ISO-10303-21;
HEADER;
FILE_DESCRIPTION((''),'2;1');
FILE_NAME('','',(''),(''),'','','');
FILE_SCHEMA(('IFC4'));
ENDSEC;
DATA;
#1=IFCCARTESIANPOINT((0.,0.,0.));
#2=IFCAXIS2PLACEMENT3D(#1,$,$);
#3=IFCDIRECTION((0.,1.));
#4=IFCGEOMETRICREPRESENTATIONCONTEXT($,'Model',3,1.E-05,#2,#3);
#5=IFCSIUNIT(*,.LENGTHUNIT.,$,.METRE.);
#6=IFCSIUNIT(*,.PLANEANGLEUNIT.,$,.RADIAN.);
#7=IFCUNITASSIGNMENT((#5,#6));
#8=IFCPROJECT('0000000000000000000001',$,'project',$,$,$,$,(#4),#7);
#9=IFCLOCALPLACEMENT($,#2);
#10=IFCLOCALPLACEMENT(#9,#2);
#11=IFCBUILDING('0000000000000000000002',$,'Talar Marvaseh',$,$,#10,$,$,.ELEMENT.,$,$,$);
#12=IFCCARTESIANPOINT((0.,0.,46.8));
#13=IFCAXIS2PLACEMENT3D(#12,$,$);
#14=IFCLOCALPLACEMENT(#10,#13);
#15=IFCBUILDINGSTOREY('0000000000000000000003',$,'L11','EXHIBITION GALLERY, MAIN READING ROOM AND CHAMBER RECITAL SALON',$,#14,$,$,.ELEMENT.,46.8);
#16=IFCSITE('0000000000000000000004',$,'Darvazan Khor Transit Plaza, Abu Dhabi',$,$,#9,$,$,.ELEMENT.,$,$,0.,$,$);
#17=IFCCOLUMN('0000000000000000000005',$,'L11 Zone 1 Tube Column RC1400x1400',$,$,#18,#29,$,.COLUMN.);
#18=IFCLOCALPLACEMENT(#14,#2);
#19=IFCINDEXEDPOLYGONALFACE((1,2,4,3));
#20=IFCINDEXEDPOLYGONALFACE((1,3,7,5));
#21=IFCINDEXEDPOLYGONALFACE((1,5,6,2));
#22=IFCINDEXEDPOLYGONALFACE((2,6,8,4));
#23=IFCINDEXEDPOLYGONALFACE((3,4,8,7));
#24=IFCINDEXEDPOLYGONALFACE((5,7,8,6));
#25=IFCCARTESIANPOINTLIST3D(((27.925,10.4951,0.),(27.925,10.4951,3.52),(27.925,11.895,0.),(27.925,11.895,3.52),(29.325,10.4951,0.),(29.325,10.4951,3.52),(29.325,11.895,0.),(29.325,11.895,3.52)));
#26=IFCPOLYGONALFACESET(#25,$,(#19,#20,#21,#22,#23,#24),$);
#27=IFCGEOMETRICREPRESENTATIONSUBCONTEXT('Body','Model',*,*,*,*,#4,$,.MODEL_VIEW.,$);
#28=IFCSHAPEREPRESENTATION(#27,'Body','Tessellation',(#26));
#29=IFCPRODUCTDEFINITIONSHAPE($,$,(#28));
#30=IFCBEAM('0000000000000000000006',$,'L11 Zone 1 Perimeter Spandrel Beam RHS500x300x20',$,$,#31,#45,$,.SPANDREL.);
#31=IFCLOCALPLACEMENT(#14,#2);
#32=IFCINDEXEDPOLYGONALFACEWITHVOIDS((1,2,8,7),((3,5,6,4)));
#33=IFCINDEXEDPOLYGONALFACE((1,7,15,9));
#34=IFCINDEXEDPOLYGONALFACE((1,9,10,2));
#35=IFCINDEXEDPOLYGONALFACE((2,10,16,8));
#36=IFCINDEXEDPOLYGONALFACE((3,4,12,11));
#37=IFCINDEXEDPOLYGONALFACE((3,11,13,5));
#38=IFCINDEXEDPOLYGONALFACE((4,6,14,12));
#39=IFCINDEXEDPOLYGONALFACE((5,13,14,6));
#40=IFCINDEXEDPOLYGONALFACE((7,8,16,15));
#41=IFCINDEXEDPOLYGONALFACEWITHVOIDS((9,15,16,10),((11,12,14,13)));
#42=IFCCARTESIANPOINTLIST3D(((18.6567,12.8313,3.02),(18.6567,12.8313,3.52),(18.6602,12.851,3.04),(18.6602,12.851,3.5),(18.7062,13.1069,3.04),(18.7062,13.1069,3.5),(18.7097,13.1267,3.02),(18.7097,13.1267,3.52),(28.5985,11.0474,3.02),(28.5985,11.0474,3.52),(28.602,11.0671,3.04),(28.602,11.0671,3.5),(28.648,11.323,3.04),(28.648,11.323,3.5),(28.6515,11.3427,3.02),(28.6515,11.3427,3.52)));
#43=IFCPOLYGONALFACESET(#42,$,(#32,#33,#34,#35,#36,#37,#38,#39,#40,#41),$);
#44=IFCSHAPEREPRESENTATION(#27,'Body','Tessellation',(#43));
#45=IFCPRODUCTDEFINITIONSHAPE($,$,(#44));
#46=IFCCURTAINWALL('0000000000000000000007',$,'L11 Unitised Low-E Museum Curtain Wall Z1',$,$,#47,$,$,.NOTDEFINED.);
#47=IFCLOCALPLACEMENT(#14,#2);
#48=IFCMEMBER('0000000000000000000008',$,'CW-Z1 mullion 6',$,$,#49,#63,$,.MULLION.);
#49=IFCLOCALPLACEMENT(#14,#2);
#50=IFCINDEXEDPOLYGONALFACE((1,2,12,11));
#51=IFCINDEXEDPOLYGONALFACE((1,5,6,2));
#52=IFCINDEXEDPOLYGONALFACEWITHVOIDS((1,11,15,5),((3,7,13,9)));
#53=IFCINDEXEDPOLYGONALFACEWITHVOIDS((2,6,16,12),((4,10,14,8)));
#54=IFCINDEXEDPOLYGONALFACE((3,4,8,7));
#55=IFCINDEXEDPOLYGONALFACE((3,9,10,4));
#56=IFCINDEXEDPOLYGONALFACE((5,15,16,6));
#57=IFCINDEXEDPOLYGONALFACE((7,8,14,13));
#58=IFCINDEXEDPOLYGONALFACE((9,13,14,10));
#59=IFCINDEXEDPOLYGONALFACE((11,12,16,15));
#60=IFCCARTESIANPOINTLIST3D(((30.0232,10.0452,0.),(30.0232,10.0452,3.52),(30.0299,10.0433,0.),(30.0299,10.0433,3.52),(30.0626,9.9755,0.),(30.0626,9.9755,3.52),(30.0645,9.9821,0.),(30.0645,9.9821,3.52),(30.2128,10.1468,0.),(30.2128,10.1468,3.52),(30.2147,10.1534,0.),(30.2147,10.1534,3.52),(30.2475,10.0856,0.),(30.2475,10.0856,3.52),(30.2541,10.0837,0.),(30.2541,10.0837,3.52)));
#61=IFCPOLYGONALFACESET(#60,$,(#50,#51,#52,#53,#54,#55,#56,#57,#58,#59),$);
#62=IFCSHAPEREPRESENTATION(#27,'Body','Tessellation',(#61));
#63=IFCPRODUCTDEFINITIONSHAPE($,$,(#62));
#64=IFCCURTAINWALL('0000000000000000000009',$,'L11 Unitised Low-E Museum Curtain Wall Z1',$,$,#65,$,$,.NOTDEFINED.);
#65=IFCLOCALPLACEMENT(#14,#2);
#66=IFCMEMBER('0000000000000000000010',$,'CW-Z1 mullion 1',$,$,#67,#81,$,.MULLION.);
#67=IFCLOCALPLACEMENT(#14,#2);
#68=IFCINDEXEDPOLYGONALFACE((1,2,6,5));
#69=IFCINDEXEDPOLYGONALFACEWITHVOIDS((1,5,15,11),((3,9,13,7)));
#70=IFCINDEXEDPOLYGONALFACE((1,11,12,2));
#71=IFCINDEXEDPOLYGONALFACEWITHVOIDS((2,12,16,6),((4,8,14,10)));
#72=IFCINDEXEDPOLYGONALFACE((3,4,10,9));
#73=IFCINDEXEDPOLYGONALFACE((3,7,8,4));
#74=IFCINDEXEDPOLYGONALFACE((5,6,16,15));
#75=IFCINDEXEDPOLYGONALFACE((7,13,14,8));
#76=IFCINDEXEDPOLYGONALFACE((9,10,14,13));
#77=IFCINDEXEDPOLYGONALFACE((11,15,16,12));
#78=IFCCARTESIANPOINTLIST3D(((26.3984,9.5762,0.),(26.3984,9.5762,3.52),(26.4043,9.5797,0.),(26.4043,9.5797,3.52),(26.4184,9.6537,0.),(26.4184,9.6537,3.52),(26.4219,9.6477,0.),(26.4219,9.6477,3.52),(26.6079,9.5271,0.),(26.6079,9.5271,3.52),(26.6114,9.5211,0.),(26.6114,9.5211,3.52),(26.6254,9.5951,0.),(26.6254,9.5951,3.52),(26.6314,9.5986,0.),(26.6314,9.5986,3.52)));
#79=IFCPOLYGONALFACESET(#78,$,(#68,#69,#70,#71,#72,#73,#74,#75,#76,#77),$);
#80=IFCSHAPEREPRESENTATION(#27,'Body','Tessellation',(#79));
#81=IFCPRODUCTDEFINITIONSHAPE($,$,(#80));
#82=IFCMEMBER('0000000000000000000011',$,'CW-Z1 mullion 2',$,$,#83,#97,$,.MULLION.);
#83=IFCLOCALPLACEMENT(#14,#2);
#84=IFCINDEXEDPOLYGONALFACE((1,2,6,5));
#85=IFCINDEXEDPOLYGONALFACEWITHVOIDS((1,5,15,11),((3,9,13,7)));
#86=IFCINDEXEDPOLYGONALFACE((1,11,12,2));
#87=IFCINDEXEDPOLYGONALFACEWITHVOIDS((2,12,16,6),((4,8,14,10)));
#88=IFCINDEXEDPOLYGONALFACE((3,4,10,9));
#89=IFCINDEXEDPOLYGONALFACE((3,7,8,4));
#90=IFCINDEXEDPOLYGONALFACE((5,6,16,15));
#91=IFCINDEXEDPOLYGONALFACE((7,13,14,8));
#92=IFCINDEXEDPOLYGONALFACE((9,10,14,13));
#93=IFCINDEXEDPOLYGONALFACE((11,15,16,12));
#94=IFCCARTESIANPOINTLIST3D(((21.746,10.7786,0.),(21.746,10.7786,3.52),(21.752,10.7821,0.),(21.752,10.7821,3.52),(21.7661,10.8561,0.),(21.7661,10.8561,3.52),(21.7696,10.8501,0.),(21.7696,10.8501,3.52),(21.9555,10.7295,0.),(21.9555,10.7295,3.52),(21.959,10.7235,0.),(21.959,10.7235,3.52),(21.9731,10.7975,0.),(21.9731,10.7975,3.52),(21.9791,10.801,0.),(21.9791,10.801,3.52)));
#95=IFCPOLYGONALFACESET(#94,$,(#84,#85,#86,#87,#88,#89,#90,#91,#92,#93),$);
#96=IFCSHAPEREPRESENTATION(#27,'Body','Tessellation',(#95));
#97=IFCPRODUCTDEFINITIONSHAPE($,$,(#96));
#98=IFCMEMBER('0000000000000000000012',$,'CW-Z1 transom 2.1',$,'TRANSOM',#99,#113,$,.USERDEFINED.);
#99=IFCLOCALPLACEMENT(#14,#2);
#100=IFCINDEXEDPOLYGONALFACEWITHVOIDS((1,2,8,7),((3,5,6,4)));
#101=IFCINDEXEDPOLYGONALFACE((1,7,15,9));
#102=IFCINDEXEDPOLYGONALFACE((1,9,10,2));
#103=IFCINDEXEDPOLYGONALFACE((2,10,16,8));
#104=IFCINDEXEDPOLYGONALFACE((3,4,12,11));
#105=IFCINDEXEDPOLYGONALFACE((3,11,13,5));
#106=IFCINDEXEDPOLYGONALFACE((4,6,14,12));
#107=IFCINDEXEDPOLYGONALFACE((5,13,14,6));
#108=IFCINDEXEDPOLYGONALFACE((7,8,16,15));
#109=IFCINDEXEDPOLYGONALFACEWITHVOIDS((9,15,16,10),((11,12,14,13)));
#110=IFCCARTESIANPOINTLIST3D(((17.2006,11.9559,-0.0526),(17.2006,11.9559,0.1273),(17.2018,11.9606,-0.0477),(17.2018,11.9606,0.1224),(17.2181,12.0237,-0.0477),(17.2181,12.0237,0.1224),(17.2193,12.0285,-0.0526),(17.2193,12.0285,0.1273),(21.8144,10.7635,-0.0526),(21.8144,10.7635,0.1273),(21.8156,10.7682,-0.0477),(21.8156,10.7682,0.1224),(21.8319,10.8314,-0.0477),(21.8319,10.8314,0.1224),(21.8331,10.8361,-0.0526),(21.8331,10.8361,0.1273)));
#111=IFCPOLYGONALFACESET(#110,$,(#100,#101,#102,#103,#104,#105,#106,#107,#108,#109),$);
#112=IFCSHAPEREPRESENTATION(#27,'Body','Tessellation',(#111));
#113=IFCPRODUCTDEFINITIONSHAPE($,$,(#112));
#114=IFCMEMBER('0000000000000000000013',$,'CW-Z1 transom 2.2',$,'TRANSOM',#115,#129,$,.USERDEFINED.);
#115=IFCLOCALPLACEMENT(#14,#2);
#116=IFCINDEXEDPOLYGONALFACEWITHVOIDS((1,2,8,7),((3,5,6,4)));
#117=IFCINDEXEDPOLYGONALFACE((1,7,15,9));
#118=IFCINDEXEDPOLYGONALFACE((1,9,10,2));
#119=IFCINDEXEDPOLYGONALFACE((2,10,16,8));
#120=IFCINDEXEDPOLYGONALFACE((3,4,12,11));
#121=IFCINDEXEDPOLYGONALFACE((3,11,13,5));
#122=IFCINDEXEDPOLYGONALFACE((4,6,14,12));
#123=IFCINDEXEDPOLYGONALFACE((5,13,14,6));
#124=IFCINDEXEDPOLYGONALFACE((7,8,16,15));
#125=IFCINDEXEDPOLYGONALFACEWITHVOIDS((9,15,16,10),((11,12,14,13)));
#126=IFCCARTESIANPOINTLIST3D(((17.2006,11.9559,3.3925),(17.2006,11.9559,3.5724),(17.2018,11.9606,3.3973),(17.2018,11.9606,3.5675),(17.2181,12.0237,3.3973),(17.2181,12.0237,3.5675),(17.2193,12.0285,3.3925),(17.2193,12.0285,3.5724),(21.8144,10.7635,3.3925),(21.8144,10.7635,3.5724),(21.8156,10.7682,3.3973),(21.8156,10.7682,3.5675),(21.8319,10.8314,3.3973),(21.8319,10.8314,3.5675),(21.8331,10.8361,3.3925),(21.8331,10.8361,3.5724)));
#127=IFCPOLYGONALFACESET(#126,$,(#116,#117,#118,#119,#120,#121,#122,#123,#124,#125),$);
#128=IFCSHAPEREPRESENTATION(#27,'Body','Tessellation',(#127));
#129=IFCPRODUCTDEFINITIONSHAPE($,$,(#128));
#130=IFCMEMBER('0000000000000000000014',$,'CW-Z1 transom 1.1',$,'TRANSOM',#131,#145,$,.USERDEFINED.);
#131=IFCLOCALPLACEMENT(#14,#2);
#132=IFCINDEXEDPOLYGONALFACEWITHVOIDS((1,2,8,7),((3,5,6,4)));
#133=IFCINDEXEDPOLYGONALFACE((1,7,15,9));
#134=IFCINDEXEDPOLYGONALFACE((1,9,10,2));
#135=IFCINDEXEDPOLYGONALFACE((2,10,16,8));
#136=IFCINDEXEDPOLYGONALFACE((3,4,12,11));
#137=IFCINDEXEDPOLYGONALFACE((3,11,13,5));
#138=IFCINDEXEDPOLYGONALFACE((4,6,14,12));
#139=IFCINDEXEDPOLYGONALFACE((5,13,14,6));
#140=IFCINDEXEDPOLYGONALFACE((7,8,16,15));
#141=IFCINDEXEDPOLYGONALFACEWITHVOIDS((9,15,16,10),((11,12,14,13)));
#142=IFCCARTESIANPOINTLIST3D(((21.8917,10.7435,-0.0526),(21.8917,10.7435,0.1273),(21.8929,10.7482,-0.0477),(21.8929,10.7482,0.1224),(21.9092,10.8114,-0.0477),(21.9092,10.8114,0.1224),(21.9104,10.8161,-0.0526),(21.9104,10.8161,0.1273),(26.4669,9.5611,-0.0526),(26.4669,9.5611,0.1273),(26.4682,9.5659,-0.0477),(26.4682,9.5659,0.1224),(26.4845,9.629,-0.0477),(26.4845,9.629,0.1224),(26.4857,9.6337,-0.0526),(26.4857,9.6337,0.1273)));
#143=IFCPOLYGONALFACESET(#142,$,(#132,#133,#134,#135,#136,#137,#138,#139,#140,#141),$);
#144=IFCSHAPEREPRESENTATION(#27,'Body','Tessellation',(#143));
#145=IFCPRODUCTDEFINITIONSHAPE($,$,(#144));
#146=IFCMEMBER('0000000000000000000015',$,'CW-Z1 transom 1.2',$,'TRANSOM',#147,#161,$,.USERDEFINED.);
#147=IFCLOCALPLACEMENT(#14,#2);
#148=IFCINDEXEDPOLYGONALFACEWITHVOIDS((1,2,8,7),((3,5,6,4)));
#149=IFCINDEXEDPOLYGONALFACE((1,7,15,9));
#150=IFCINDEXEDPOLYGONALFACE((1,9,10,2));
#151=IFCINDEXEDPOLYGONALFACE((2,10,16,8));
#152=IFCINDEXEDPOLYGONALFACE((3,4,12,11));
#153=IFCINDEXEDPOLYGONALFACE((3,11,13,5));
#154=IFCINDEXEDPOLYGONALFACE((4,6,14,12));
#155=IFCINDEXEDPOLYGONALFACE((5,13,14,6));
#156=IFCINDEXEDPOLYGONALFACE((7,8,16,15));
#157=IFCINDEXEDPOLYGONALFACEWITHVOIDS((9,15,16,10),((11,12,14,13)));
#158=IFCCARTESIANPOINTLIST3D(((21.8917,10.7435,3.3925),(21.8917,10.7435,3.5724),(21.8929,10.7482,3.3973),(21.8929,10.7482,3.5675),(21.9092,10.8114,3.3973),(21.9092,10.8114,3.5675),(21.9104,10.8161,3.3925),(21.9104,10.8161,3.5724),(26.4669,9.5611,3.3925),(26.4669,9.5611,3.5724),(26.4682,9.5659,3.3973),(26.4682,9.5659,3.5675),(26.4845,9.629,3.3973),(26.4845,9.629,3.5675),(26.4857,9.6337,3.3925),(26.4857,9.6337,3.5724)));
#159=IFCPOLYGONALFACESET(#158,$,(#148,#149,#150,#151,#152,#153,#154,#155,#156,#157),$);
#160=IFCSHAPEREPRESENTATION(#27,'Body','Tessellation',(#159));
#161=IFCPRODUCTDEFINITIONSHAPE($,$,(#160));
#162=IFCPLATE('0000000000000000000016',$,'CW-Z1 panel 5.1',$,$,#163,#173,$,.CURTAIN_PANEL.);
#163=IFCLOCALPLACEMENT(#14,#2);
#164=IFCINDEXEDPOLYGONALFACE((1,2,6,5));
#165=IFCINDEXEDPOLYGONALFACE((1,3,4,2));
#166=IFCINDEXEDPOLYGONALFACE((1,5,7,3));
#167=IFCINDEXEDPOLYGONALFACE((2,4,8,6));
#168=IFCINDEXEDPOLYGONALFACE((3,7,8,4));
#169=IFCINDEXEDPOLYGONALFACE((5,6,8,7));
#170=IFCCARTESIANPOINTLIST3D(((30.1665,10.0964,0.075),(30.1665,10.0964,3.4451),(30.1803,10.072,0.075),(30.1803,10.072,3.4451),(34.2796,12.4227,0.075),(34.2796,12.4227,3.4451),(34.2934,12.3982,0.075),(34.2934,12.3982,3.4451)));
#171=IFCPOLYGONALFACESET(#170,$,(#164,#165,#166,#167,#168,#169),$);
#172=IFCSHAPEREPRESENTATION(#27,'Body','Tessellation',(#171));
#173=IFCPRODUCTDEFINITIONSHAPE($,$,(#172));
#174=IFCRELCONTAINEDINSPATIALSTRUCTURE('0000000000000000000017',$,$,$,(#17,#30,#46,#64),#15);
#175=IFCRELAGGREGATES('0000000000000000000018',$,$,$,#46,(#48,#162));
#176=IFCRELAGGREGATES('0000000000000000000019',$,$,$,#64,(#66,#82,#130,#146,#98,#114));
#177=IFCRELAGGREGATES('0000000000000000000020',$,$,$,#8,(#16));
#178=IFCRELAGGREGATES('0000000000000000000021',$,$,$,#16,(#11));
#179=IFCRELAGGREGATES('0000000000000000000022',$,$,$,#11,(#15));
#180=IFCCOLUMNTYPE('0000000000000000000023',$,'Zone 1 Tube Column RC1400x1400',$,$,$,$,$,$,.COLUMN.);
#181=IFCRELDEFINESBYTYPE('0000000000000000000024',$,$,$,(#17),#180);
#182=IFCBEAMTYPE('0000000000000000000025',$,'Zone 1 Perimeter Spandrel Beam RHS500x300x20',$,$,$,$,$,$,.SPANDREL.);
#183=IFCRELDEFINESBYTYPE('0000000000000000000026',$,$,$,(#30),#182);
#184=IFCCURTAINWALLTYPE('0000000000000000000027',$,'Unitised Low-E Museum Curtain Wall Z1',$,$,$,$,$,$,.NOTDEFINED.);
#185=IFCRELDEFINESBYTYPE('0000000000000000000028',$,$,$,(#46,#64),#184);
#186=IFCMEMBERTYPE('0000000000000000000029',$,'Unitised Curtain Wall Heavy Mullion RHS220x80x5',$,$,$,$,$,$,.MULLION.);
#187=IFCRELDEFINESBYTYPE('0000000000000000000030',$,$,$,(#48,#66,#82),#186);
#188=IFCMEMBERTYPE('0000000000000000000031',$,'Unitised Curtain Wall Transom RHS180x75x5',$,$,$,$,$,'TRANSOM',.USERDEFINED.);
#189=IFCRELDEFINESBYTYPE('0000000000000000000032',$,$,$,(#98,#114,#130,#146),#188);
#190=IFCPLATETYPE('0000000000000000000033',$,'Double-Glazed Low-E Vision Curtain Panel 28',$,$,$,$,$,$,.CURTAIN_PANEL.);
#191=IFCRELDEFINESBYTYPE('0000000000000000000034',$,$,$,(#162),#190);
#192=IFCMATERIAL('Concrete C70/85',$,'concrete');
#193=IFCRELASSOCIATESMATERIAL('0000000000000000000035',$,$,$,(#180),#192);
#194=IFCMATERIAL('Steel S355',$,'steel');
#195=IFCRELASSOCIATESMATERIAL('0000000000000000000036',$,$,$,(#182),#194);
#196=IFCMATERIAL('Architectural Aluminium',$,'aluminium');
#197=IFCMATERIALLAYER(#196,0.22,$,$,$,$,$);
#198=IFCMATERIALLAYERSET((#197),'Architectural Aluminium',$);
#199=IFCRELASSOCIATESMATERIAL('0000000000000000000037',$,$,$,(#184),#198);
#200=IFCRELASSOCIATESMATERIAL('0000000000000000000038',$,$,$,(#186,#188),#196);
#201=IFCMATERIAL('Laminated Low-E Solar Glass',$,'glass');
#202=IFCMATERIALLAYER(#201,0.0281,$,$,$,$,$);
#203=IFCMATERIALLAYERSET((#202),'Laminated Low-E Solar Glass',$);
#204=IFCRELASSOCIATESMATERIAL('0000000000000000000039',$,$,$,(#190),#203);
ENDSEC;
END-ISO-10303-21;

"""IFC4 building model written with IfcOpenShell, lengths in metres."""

from ifc_helpers import new_model, si_unit, direction, frame, origin, origin_2d, place, context, subcontext, project, spatial, rectangle, hollow_rectangle, extrude, source, transform, mapped, material, layer, layer_set, material_profile, profile_set, type_object, type_shapes, element, aggregate, save


model = new_model("IFC4")

# Units and contexts
model_context = context("Model", 3, precision=1e-05, world=origin(), true_north=direction((0.0, 1.0)))
body_context = subcontext(model_context, "Body", "Model", "MODEL_VIEW")
ifc_project = project(units=[si_unit("LENGTHUNIT", "METRE"), si_unit("PLANEANGLEUNIT", "RADIAN")], contexts=[model_context])

# Site, building, storey
site_placement = place(None, origin())
site = spatial("IfcSite", under=ifc_project, at=site_placement, Name="Darvazan Khor Transit Plaza, Abu Dhabi", CompositionType="ELEMENT", RefElevation=0.0)
building_placement = place(site_placement, origin())
building = spatial("IfcBuilding", under=site, at=building_placement, Name="Talar Marvaseh", CompositionType="ELEMENT")
storey_placement = place(building_placement, frame((0.0, 0.0, 46.8)))
storey = spatial("IfcBuildingStorey", under=building, at=storey_placement, Name="L11", Description="EXHIBITION GALLERY, MAIN READING ROOM AND CHAMBER RECITAL SALON", CompositionType="ELEMENT", Elevation=46.8)

# Column
ifc_material_1 = material(Name="Concrete C70/85", Category="concrete")
ifc_material_profile_1 = material_profile(ifc_material_1, rectangle(XDim=1.3999, YDim=1.3999, at=origin_2d()), Name="RC1400x1400")
ifc_profile_set_1 = profile_set([ifc_material_profile_1], Name="Concrete C70/85")
column_type = type_object("IfcColumnType", Name="Zone 1 Tube Column RC1400x1400", PredefinedType="COLUMN", material=ifc_profile_set_1)
column_placement = place(storey_placement, frame((28.625, 11.1951, 0.0), z_axis=(0.0, 0.0, 1.0), x_axis=(1.0, 0.0, 0.0)))
element("IfcColumn", 1, at=column_placement, inside=storey, type_object=column_type, Name="L11 Zone 1 Tube Column RC1400x1400", PredefinedType="COLUMN", context=body_context, shape_type="SweptSolid", body=[
    extrude(rectangle(XDim=1.3999, YDim=1.3999, at=origin_2d()), origin(), (0.0, 0.0, 1.0), 3.52),
])

# Beam
ifc_material_2 = material(Name="Steel S355", Category="steel")
ifc_material_profile_2 = material_profile(ifc_material_2, hollow_rectangle(XDim=0.3, YDim=0.5, WallThickness=0.02, at=origin_2d()), Name="RHS500x300x20")
ifc_profile_set_2 = profile_set([ifc_material_profile_2], Name="Steel S355")
beam_type = type_object("IfcBeamType", Name="Zone 1 Perimeter Spandrel Beam RHS500x300x20", PredefinedType="SPANDREL", material=ifc_profile_set_2)
beam_placement = place(storey_placement, frame((28.625, 11.1951, 3.27), z_axis=(-0.98428, 0.176615, 0.0), x_axis=(-0.176615, -0.98428, 0.0)))
element("IfcBeam", 2, at=beam_placement, inside=storey, type_object=beam_type, Name="L11 Zone 1 Perimeter Spandrel Beam RHS500x300x20", PredefinedType="SPANDREL", context=body_context, shape_type="SweptSolid", body=[
    extrude(hollow_rectangle(XDim=0.3, YDim=0.5, WallThickness=0.02, at=origin_2d()), origin(), (0.0, 0.0, 1.0), 10.1006),
])

# Curtain wall, member
ifc_material_3 = material(Name="Architectural Aluminium", Category="aluminium")
ifc_layer_1 = layer(ifc_material_3, 0.22)
ifc_layer_set_1 = layer_set([ifc_layer_1], Name="Architectural Aluminium")
curtain_wall_type = type_object("IfcCurtainWallType", Name="Unitised Low-E Museum Curtain Wall Z1", PredefinedType="NOTDEFINED", material=ifc_layer_set_1)
curtain_wall_1_placement = place(storey_placement, origin())
curtain_wall_1 = element("IfcCurtainWall", 3, at=curtain_wall_1_placement, inside=storey, type_object=curtain_wall_type, Name="L11 Unitised Low-E Museum Curtain Wall Z1", PredefinedType="NOTDEFINED")
ifc_material_profile_3 = material_profile(ifc_material_3, hollow_rectangle(XDim=0.0801, YDim=0.22, WallThickness=0.0049, at=origin_2d()), Name="RHS220x80x5")
ifc_profile_set_3 = profile_set([ifc_material_profile_3], Name="Architectural Aluminium")
member_type_1 = type_object("IfcMemberType", Name="Unitised Curtain Wall Heavy Mullion RHS220x80x5", PredefinedType="MULLION", material=ifc_profile_set_3)
shared_shape_1 = source(origin(), body_context, "Body", "SweptSolid", [
    extrude(hollow_rectangle(XDim=0.0801, YDim=0.22, WallThickness=0.0049, at=origin_2d()), origin(), (0.0, 0.0, 1.0), 3.52),
])
type_shapes(member_type_1, [shared_shape_1])
member_1_placement = place(storey_placement, frame((30.1387, 10.0645, 0.0), z_axis=(0.0, 0.0, 1.0), x_axis=(0.492291, -0.870431, 0.0)))
member_1 = element("IfcMember", 4, at=member_1_placement, type_object=member_type_1, Name="CW-Z1 mullion 6", PredefinedType="MULLION", context=body_context, shape_type="MappedRepresentation", body=[
    mapped(shared_shape_1, transform((0.0, 0.0, 0.0), x_axis=(1.0, 0.0, 0.0), y_axis=(0.0, 1.0, 0.0), z_axis=(0.0, 0.0, 1.0), scale=1.0)),
])

# Curtain wall, members
curtain_wall_2_placement = place(storey_placement, origin())
curtain_wall_2 = element("IfcCurtainWall", 5, at=curtain_wall_2_placement, inside=storey, type_object=curtain_wall_type, Name="L11 Unitised Low-E Museum Curtain Wall Z1", PredefinedType="NOTDEFINED")
member_2_placement = place(storey_placement, frame((26.5149, 9.5874, 0.0), z_axis=(0.0, 0.0, 1.0), x_axis=(-0.250228, -0.968187, 0.0)))
member_2 = element("IfcMember", 6, at=member_2_placement, type_object=member_type_1, Name="CW-Z1 mullion 1", PredefinedType="MULLION", context=body_context, shape_type="MappedRepresentation", body=[
    mapped(shared_shape_1, transform((0.0, 0.0, 0.0), x_axis=(1.0, 0.0, 0.0), y_axis=(0.0, 1.0, 0.0), z_axis=(0.0, 0.0, 1.0), scale=1.0)),
])
member_3_placement = place(storey_placement, frame((21.8625, 10.7898, 0.0), z_axis=(0.0, 0.0, 1.0), x_axis=(-0.250228, -0.968187, 0.0)))
member_3 = element("IfcMember", 7, at=member_3_placement, type_object=member_type_1, Name="CW-Z1 mullion 2", PredefinedType="MULLION", context=body_context, shape_type="MappedRepresentation", body=[
    mapped(shared_shape_1, transform((0.0, 0.0, 0.0), x_axis=(1.0, 0.0, 0.0), y_axis=(0.0, 1.0, 0.0), z_axis=(0.0, 0.0, 1.0), scale=1.0)),
])
ifc_material_profile_4 = material_profile(ifc_material_3, hollow_rectangle(XDim=0.075, YDim=0.1799, WallThickness=0.0049, at=origin_2d()), Name="RHS180x75x5")
ifc_profile_set_4 = profile_set([ifc_material_profile_4], Name="Architectural Aluminium")
member_type_2 = type_object("IfcMemberType", Name="Unitised Curtain Wall Transom RHS180x75x5", ElementType="TRANSOM", PredefinedType="USERDEFINED", material=ifc_profile_set_4)
shared_shape_2 = source(origin(), body_context, "Body", "SweptSolid", [
    extrude(hollow_rectangle(XDim=0.075, YDim=0.1799, WallThickness=0.0049, at=origin_2d()), origin(), (0.0, 0.0, 1.0), 4.7654),
])
member_4_placement = place(storey_placement, frame((21.8237, 10.7998, 0.0374), z_axis=(-0.968189, 0.250219, 0.0), x_axis=(-0.250219, -0.968189, 0.0)))
member_4 = element("IfcMember", 8, at=member_4_placement, type_object=member_type_2, Name="CW-Z1 transom 2.1", ObjectType="TRANSOM", PredefinedType="USERDEFINED", context=body_context, shape_type="MappedRepresentation", body=[
    mapped(shared_shape_2, transform((0.0, 0.0, 0.0), x_axis=(1.0, 0.0, 0.0), y_axis=(0.0, 1.0, 0.0), z_axis=(0.0, 0.0, 1.0), scale=1.0)),
])
member_5_placement = place(storey_placement, frame((21.8237, 10.7998, 3.4824), z_axis=(-0.968189, 0.250219, 0.0), x_axis=(-0.250219, -0.968189, 0.0)))
member_5 = element("IfcMember", 9, at=member_5_placement, type_object=member_type_2, Name="CW-Z1 transom 2.2", ObjectType="TRANSOM", PredefinedType="USERDEFINED", context=body_context, shape_type="MappedRepresentation", body=[
    mapped(shared_shape_2, transform((0.0, 0.0, 0.0), x_axis=(1.0, 0.0, 0.0), y_axis=(0.0, 1.0, 0.0), z_axis=(0.0, 0.0, 1.0), scale=1.0)),
])
shared_shape_3 = source(origin(), body_context, "Body", "SweptSolid", [
    extrude(hollow_rectangle(XDim=0.075, YDim=0.1799, WallThickness=0.0049, at=origin_2d()), origin(), (0.0, 0.0, 1.0), 4.7256),
])
type_shapes(member_type_2, [shared_shape_2, shared_shape_3])
member_6_placement = place(storey_placement, frame((26.4763, 9.5974, 0.0374), z_axis=(-0.968191, 0.250211, 0.0), x_axis=(-0.250211, -0.968191, 0.0)))
member_6 = element("IfcMember", 10, at=member_6_placement, type_object=member_type_2, Name="CW-Z1 transom 1.1", ObjectType="TRANSOM", PredefinedType="USERDEFINED", context=body_context, shape_type="MappedRepresentation", body=[
    mapped(shared_shape_3, transform((0.0, 0.0, 0.0), x_axis=(1.0, 0.0, 0.0), y_axis=(0.0, 1.0, 0.0), z_axis=(0.0, 0.0, 1.0), scale=1.0)),
])
member_7_placement = place(storey_placement, frame((26.4763, 9.5974, 3.4824), z_axis=(-0.968191, 0.250211, 0.0), x_axis=(-0.250211, -0.968191, 0.0)))
member_7 = element("IfcMember", 11, at=member_7_placement, type_object=member_type_2, Name="CW-Z1 transom 1.2", ObjectType="TRANSOM", PredefinedType="USERDEFINED", context=body_context, shape_type="MappedRepresentation", body=[
    mapped(shared_shape_3, transform((0.0, 0.0, 0.0), x_axis=(1.0, 0.0, 0.0), y_axis=(0.0, 1.0, 0.0), z_axis=(0.0, 0.0, 1.0), scale=1.0)),
])

# Plate
ifc_material_4 = material(Name="Laminated Low-E Solar Glass", Category="glass")
ifc_layer_2 = layer(ifc_material_4, 0.0281)
ifc_layer_set_2 = layer_set([ifc_layer_2], Name="Laminated Low-E Solar Glass")
plate_type = type_object("IfcPlateType", Name="Double-Glazed Low-E Vision Curtain Panel 28", PredefinedType="CURTAIN_PANEL", material=ifc_layer_set_2)
shared_shape_4 = source(origin(), body_context, "Body", "SweptSolid", [
    extrude(rectangle(XDim=4.7253, YDim=0.0281, at=origin_2d()), origin(), (0.0, 0.0, 1.0), 3.3701),
])
type_shapes(plate_type, [shared_shape_4])
plate_1_placement = place(storey_placement, frame((32.23, 11.2473, 0.075), z_axis=(0.0, 0.0, 1.0), x_axis=(-0.870431, -0.492291, 0.0)))
plate_1 = element("IfcPlate", 12, at=plate_1_placement, type_object=plate_type, Name="CW-Z1 panel 5.1", PredefinedType="CURTAIN_PANEL", context=body_context, shape_type="MappedRepresentation", body=[
    mapped(shared_shape_4, transform((0.0, 0.0, 0.0), x_axis=(1.0, 0.0, 0.0), y_axis=(0.0, 1.0, 0.0), z_axis=(0.0, 0.0, 1.0), scale=1.0)),
])
aggregate(curtain_wall_1, [member_1, plate_1])
aggregate(curtain_wall_2, [member_2, member_3, member_6, member_7, member_4, member_5])

save(model, "model.ifc")
